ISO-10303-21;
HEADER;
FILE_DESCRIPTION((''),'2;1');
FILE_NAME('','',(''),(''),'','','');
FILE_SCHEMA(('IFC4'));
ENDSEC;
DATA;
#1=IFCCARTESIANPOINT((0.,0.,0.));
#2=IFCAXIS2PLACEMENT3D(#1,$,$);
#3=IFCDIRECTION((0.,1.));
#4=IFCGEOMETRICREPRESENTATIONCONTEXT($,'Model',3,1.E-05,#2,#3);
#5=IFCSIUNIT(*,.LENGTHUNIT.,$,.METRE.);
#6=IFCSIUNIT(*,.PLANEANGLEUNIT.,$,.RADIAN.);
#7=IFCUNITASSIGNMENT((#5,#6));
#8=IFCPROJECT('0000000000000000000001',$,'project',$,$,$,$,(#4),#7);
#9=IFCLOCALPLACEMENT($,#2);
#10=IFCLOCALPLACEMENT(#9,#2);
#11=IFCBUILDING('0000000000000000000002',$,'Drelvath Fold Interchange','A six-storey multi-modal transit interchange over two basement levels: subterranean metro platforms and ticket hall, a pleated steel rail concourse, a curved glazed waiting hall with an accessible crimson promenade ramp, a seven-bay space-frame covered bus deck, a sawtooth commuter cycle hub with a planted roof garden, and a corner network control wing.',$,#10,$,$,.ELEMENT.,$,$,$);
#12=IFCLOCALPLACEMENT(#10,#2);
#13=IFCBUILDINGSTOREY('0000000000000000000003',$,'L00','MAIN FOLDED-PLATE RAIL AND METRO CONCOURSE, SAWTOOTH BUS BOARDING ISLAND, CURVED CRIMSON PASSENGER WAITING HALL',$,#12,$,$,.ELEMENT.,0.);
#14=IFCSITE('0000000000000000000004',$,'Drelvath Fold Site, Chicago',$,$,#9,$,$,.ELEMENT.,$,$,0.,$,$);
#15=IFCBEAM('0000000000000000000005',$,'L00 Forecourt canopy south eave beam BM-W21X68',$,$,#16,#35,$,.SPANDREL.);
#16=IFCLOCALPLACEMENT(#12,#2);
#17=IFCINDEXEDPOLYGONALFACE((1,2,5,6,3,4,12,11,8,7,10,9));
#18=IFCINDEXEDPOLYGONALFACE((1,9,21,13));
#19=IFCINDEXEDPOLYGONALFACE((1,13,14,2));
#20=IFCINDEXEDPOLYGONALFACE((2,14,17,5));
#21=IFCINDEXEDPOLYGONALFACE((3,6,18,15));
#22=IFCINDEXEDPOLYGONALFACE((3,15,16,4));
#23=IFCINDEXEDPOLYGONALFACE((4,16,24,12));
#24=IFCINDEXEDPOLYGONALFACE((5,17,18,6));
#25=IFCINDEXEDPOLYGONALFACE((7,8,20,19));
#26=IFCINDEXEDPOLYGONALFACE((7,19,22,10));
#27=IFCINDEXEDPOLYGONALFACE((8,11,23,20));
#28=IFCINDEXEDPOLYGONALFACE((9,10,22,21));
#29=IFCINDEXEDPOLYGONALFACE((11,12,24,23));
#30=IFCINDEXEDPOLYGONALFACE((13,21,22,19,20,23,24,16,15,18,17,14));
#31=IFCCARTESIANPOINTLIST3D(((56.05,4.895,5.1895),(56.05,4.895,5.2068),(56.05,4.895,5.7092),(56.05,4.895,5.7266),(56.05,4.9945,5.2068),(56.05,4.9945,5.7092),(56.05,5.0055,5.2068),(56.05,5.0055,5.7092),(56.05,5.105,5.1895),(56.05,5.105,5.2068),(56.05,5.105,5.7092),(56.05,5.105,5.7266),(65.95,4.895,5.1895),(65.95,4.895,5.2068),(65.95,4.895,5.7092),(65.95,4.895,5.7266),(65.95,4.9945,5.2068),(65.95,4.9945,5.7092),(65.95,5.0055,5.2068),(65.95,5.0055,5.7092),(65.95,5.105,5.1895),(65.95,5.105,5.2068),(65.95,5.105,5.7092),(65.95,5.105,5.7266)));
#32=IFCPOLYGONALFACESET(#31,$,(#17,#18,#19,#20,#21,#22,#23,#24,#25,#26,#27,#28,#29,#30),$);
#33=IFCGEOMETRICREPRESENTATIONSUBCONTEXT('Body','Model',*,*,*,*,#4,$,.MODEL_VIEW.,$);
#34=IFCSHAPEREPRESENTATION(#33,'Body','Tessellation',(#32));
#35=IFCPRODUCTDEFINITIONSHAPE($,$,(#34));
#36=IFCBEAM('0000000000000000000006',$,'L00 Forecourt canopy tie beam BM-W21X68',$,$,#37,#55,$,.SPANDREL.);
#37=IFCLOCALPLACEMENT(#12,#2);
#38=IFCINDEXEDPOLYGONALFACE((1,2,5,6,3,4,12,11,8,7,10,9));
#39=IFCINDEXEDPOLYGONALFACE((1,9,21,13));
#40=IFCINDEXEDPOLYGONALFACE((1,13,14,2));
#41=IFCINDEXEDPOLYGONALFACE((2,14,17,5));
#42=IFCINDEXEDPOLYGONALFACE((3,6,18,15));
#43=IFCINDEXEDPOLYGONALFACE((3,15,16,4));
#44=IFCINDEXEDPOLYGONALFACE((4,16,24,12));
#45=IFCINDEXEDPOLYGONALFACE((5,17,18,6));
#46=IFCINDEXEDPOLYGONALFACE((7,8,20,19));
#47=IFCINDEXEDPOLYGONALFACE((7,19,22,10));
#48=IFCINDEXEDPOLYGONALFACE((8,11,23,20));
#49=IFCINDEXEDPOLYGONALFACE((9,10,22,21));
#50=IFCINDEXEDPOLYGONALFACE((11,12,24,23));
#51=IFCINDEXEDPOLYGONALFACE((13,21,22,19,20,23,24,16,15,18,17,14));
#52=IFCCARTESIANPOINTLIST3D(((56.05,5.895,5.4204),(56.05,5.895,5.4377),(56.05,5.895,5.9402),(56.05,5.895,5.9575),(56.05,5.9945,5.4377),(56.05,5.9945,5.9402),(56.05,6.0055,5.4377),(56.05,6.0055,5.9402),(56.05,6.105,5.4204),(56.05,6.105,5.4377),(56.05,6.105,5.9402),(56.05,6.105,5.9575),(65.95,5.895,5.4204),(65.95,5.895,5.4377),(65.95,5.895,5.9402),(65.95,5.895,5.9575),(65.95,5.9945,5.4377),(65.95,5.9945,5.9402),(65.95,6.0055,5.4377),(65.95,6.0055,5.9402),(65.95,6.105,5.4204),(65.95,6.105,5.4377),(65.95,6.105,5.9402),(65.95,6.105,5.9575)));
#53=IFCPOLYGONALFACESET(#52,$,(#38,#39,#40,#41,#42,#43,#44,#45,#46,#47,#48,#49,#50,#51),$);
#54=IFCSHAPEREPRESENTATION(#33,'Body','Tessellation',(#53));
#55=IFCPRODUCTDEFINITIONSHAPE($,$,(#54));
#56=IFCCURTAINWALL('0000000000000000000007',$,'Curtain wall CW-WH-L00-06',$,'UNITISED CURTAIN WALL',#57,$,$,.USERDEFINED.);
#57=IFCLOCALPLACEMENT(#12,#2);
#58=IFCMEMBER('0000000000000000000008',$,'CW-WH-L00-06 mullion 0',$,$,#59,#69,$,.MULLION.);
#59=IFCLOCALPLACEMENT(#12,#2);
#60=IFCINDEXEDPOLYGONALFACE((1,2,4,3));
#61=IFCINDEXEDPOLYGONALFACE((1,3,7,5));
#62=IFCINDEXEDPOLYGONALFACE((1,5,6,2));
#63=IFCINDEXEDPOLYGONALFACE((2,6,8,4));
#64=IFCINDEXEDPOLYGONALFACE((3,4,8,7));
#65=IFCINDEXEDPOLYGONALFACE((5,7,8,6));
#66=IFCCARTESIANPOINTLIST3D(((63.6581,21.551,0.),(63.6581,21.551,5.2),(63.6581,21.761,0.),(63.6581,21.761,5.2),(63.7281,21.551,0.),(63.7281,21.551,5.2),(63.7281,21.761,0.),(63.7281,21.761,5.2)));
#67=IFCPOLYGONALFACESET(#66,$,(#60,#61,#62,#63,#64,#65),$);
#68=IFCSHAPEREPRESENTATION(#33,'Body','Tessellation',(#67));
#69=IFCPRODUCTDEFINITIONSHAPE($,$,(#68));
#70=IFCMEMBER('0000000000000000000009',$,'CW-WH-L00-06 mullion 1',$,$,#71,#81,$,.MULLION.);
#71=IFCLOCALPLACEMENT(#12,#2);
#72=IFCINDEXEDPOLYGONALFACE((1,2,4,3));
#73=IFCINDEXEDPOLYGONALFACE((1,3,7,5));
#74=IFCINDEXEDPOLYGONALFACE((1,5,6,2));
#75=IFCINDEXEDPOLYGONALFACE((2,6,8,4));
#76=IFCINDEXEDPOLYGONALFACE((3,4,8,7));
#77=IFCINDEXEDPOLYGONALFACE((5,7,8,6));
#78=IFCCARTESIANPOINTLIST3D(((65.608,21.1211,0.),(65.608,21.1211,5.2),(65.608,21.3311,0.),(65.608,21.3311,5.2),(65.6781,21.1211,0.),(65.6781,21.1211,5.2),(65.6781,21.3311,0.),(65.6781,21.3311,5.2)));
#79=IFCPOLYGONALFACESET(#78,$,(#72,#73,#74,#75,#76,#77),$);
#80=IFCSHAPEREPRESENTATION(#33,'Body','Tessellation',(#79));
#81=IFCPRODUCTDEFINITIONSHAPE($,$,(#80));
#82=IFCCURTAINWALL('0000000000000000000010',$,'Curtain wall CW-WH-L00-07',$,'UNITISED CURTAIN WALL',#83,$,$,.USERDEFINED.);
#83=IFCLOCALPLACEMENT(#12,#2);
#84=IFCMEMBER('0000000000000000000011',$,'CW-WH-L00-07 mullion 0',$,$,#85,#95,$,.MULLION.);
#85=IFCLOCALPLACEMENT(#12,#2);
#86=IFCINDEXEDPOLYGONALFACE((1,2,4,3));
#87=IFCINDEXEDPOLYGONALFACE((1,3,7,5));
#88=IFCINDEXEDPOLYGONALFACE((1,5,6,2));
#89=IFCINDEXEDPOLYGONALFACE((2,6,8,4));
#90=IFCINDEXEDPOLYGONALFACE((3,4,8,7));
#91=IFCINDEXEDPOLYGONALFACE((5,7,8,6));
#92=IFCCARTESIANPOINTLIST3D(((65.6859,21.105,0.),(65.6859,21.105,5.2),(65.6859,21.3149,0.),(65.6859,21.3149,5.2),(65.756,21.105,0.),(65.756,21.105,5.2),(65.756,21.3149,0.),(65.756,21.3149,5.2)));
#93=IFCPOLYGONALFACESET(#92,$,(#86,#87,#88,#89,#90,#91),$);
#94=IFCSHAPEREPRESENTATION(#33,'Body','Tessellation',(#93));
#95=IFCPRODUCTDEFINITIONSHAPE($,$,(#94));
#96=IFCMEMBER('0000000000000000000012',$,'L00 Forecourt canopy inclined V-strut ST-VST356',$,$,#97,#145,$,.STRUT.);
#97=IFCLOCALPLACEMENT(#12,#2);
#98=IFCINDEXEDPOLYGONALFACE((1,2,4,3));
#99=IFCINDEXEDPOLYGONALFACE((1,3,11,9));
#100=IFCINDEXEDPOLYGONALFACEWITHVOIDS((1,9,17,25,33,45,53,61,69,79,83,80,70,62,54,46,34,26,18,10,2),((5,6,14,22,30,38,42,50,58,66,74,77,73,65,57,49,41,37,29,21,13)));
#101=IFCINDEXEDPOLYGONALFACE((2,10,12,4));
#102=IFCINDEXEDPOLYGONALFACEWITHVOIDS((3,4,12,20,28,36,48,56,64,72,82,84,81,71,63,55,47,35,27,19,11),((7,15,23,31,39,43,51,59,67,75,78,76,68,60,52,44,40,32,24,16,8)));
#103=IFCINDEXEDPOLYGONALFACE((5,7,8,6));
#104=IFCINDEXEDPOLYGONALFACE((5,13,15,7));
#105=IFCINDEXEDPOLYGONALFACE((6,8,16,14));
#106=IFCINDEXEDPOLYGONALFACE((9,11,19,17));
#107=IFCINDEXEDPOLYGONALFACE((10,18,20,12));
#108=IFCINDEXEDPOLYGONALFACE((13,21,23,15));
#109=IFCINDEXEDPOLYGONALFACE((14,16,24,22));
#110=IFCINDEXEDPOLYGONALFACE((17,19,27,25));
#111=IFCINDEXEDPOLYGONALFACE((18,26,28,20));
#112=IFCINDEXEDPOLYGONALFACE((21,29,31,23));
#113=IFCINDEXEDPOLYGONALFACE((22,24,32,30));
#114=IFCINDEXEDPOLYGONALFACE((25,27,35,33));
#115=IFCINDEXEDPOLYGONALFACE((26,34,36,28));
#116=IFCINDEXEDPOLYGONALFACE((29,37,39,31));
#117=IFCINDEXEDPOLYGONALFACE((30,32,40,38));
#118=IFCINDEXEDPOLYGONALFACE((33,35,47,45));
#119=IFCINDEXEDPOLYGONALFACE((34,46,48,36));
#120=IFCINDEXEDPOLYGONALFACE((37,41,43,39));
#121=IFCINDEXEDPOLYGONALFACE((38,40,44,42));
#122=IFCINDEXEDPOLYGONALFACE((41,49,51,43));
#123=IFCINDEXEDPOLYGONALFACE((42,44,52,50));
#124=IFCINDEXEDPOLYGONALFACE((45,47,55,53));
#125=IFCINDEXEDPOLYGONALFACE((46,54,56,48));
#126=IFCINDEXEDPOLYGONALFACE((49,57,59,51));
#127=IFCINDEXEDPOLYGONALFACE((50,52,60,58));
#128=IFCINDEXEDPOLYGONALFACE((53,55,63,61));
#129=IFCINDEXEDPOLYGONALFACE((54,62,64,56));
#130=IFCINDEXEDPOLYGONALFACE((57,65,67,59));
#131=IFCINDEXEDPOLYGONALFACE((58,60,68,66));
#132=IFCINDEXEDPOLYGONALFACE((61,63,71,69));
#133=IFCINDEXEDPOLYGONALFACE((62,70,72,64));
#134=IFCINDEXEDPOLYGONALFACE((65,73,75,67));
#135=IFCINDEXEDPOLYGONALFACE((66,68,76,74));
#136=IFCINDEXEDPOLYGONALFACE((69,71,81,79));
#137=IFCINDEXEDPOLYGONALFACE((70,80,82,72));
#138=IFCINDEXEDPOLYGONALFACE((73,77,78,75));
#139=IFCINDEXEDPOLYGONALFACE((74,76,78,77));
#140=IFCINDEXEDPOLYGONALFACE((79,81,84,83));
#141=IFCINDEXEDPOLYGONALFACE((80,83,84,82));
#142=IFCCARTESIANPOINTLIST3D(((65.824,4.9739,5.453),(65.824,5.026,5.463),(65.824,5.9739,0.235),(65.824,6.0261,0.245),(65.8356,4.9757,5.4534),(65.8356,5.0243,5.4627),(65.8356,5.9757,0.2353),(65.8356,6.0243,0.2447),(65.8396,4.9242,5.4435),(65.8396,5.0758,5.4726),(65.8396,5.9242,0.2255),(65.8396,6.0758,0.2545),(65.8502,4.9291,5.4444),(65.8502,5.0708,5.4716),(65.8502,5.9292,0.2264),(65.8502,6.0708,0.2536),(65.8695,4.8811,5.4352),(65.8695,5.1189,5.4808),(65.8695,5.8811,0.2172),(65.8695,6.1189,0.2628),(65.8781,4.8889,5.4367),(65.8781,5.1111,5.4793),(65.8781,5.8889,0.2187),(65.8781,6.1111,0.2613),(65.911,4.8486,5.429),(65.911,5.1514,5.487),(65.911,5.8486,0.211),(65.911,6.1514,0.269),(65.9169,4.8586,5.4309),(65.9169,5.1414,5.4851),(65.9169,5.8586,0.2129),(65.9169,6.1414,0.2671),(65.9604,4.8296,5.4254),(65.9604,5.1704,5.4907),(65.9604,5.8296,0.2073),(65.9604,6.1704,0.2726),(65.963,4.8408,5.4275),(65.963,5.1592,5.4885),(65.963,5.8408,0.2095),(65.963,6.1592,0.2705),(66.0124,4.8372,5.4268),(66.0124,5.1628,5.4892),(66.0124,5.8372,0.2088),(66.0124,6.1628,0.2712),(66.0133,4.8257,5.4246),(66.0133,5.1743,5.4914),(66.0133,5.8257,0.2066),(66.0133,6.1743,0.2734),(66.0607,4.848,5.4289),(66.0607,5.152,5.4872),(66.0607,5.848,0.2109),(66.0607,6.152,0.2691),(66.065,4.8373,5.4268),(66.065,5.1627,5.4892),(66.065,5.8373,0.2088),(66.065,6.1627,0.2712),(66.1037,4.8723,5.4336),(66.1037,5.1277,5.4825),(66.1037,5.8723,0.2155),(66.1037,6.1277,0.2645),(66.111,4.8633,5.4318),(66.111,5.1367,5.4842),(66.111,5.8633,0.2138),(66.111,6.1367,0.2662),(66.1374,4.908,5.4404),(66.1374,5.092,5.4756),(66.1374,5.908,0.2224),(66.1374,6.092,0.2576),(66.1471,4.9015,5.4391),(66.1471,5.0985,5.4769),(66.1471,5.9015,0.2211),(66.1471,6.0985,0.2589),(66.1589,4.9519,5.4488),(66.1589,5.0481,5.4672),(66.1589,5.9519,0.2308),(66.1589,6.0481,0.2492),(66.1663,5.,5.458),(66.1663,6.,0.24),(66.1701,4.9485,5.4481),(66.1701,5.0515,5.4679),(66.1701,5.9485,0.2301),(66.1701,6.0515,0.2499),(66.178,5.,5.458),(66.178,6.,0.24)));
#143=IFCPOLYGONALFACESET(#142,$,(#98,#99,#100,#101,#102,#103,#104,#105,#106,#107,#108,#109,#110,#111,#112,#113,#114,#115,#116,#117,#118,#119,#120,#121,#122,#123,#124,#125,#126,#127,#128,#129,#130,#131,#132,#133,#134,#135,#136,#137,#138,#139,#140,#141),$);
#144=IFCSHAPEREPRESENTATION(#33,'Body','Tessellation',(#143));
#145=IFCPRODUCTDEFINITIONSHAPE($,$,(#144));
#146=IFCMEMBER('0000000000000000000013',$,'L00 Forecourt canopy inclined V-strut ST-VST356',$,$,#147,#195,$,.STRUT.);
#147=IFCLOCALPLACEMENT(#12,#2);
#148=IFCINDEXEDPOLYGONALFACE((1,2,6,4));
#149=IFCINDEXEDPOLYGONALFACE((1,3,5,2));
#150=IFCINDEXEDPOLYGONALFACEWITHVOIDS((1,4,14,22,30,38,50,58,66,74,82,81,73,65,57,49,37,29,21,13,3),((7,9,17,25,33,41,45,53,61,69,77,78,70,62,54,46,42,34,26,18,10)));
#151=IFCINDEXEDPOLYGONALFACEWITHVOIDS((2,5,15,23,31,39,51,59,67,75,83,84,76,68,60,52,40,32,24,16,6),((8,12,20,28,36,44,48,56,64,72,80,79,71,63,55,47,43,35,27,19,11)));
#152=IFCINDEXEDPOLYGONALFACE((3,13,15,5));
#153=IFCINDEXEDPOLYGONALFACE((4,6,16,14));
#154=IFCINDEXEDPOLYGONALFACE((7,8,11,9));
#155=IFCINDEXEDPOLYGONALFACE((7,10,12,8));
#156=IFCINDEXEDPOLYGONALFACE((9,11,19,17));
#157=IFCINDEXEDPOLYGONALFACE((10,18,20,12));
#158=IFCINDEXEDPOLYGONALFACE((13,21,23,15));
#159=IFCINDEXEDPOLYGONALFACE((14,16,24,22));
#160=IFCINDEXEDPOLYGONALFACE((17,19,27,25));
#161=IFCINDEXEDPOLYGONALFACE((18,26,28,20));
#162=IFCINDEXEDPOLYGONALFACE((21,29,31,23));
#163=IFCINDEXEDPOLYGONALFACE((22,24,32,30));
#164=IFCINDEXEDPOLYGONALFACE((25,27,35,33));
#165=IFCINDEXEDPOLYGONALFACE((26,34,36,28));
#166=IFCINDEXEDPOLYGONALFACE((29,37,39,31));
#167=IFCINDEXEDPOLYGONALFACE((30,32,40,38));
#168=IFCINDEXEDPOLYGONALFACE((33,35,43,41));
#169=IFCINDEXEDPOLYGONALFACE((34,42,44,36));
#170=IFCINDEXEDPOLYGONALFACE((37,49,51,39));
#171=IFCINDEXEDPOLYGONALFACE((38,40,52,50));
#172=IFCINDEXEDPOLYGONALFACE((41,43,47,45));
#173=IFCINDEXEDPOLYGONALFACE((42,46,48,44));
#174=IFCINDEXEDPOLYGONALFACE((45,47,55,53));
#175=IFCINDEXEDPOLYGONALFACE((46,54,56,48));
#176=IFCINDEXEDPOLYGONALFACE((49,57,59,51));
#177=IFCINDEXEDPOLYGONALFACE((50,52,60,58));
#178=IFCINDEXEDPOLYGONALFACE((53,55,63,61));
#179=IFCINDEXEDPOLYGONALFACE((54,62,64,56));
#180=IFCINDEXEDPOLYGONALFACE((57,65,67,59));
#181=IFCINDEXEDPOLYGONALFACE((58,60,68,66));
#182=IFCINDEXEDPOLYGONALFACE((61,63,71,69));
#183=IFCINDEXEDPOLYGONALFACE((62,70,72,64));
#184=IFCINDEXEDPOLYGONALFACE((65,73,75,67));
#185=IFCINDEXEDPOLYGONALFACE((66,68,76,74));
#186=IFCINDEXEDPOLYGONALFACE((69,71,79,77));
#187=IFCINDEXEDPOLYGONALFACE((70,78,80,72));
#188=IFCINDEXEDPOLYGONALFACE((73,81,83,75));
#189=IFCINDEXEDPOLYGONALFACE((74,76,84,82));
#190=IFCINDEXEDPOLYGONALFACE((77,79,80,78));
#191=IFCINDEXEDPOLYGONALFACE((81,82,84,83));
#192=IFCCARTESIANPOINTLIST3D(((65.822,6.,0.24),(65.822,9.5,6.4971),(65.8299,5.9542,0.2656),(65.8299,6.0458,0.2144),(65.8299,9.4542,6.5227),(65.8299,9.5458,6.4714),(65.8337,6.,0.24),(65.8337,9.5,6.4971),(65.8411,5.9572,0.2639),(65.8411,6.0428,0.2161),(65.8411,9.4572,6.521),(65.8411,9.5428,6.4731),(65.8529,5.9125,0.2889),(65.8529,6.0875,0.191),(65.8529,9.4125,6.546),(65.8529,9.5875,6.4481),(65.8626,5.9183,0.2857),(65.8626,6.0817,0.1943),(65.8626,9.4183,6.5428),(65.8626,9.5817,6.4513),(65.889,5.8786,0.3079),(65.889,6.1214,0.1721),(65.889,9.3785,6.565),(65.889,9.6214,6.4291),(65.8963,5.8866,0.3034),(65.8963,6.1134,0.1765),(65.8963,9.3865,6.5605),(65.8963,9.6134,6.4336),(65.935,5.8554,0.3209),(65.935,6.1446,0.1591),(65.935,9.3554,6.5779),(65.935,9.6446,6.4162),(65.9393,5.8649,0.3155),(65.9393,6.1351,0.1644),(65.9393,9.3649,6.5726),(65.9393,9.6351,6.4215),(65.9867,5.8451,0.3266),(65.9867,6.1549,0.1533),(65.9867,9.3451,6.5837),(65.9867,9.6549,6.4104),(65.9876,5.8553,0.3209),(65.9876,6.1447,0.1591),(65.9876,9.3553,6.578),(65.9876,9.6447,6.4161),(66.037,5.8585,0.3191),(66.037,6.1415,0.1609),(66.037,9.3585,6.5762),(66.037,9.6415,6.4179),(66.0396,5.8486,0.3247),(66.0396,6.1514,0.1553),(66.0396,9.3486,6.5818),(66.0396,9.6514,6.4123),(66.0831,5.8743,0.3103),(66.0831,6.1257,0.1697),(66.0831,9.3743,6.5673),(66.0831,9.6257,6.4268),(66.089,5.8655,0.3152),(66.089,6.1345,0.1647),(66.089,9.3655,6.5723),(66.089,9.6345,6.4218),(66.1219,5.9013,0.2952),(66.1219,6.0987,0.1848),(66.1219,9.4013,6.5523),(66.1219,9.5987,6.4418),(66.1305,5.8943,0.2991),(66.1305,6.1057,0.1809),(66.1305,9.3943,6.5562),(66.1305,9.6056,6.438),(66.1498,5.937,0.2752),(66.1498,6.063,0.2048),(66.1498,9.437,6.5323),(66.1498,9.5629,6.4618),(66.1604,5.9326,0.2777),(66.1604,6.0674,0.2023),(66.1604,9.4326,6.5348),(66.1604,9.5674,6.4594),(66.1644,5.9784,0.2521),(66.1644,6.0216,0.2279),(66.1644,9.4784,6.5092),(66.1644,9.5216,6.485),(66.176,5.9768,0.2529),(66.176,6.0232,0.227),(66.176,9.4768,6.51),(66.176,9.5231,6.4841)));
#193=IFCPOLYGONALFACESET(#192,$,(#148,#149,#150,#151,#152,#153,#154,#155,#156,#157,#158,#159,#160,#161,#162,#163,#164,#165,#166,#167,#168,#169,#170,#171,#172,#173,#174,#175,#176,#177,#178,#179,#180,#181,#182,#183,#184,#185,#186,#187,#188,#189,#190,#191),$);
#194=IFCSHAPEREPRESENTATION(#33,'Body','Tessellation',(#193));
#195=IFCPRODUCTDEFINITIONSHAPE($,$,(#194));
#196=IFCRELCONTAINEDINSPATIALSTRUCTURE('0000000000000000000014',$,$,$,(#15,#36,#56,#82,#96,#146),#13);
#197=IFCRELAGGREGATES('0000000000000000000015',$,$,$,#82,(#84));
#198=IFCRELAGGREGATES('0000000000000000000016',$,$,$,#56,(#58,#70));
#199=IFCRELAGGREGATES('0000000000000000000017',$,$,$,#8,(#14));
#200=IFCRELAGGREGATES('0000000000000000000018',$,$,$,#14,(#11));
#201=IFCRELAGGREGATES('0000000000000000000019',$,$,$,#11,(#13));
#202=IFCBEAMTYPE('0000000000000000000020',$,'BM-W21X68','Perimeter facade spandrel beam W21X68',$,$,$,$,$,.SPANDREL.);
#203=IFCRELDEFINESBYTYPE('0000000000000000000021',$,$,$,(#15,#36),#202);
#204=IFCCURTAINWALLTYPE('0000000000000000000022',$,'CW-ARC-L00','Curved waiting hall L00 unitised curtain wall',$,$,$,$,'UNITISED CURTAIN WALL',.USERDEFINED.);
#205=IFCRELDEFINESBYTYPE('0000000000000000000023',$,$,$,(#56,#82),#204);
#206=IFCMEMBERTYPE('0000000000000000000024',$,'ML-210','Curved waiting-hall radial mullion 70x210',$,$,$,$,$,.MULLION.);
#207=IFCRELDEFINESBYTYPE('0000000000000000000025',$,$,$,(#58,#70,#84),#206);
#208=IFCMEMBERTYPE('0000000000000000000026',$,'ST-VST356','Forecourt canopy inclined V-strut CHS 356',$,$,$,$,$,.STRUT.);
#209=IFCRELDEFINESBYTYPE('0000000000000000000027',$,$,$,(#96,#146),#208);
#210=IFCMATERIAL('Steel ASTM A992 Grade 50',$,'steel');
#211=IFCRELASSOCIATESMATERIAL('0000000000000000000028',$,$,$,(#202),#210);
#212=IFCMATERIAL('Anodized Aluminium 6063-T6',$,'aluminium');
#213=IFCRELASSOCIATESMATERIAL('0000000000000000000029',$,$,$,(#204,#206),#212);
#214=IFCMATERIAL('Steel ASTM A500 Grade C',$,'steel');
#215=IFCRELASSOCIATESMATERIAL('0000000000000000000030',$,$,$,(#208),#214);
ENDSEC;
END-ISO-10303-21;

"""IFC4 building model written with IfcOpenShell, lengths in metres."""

from ifc_helpers import new_model, si_unit, direction, frame, origin, origin_2d, place, context, subcontext, project, spatial, rectangle, hollow_circle, i_section, extrude, material, material_profile, profile_set, type_object, element, aggregate, save


model = new_model("IFC4")

# Units and contexts
model_context = context("Model", 3, precision=1e-05, world=origin(), true_north=direction((0.0, 1.0)))
body_context = subcontext(model_context, "Body", "Model", "MODEL_VIEW")
ifc_project = project(units=[si_unit("LENGTHUNIT", "METRE"), si_unit("PLANEANGLEUNIT", "RADIAN")], contexts=[model_context])

# Site, building, storey
site_placement = place(None, origin())
site = spatial("IfcSite", under=ifc_project, at=site_placement, Name="Drelvath Fold Site, Chicago", CompositionType="ELEMENT", RefElevation=0.0)
building_placement = place(site_placement, origin())
building = spatial("IfcBuilding", under=site, at=building_placement, Name="Drelvath Fold Interchange", Description="A six-storey multi-modal transit interchange over two basement levels: subterranean metro platforms and ticket hall, a pleated steel rail concourse, a curved glazed waiting hall with an accessible crimson promenade ramp, a seven-bay space-frame covered bus deck, a sawtooth commuter cycle hub with a planted roof garden, and a corner network control wing.", CompositionType="ELEMENT")
storey_placement = place(building_placement, origin())
storey = spatial("IfcBuildingStorey", under=building, at=storey_placement, Name="L00", Description="MAIN FOLDED-PLATE RAIL AND METRO CONCOURSE, SAWTOOTH BUS BOARDING ISLAND, CURVED CRIMSON PASSENGER WAITING HALL", CompositionType="ELEMENT", Elevation=0.0)

# Shared definitions
ifc_material_1 = material(Name="Steel ASTM A500 Grade C", Category="steel")

# Beams
ifc_material_2 = material(Name="Steel ASTM A992 Grade 50", Category="steel")
ifc_material_profile_1 = material_profile(ifc_material_2, i_section(OverallWidth=0.21, OverallDepth=0.5371, WebThickness=0.011, FlangeThickness=0.0173, at=origin_2d()), Name="W21X68")
ifc_profile_set_1 = profile_set([ifc_material_profile_1], Name="Steel ASTM A992 Grade 50")
beam_type = type_object("IfcBeamType", Name="BM-W21X68", Description="Perimeter facade spandrel beam W21X68", PredefinedType="SPANDREL", material=ifc_profile_set_1)
for number, where, z_axis, x_axis, name in (
    (1, (56.05, 5.0, 5.458), (1.0, 0.0, 0.0), (0.0, 1.0, 0.0), "L00 Forecourt canopy south eave beam BM-W21X68"),
    (2, (56.05, 6.0, 5.689), (1.0, 0.0, 0.0), (0.0, 1.0, 0.0), "L00 Forecourt canopy tie beam BM-W21X68"),
):
    element("IfcBeam", number, at=place(storey_placement, frame(where, z_axis=z_axis, x_axis=x_axis)), inside=storey, type_object=beam_type, Name=name, PredefinedType="SPANDREL", context=body_context, shape_type="SweptSolid", body=[
        extrude(i_section(OverallWidth=0.21, OverallDepth=0.5371, WebThickness=0.011, FlangeThickness=0.0173, at=origin_2d()), origin(), (0.0, 0.0, 1.0), 9.8999),
    ])

# Curtain wall, members
ifc_material_3 = material(Name="Anodized Aluminium 6063-T6", Category="aluminium")
curtain_wall_type = type_object("IfcCurtainWallType", Name="CW-ARC-L00", Description="Curved waiting hall L00 unitised curtain wall", ElementType="UNITISED CURTAIN WALL", PredefinedType="USERDEFINED", material=ifc_material_3)
curtain_wall_1_placement = place(storey_placement, origin())
curtain_wall_1 = element("IfcCurtainWall", 3, at=curtain_wall_1_placement, inside=storey, type_object=curtain_wall_type, Name="Curtain wall CW-WH-L00-06", ObjectType="UNITISED CURTAIN WALL", PredefinedType="USERDEFINED")
ifc_material_profile_2 = material_profile(ifc_material_3, rectangle(XDim=0.0701, YDim=0.21, at=origin_2d()), Name="AL-M 70x210")
ifc_profile_set_2 = profile_set([ifc_material_profile_2], Name="Anodized Aluminium 6063-T6")
member_type_1 = type_object("IfcMemberType", Name="ML-210", Description="Curved waiting-hall radial mullion 70x210", PredefinedType="MULLION", material=ifc_profile_set_2)
member_1_placement = place(storey_placement, frame((63.6931, 21.656, 0.0), z_axis=(0.0, 0.0, 1.0), x_axis=(1.0, 0.0, 0.0)))
member_1 = element("IfcMember", 4, at=member_1_placement, type_object=member_type_1, Name="CW-WH-L00-06 mullion 0", PredefinedType="MULLION", context=body_context, shape_type="SweptSolid", body=[
    extrude(rectangle(XDim=0.0701, YDim=0.21, at=origin_2d()), origin(), (0.0, 0.0, 1.0), 5.2),
])
member_2_placement = place(storey_placement, frame((65.6431, 21.2261, 0.0), z_axis=(0.0, 0.0, 1.0), x_axis=(1.0, 0.0, 0.0)))
member_2 = element("IfcMember", 5, at=member_2_placement, type_object=member_type_1, Name="CW-WH-L00-06 mullion 1", PredefinedType="MULLION", context=body_context, shape_type="SweptSolid", body=[
    extrude(rectangle(XDim=0.0701, YDim=0.21, at=origin_2d()), origin(), (0.0, 0.0, 1.0), 5.2),
])

# Curtain wall, member
curtain_wall_2_placement = place(storey_placement, origin())
curtain_wall_2 = element("IfcCurtainWall", 6, at=curtain_wall_2_placement, inside=storey, type_object=curtain_wall_type, Name="Curtain wall CW-WH-L00-07", ObjectType="UNITISED CURTAIN WALL", PredefinedType="USERDEFINED")
member_3_placement = place(storey_placement, frame((65.7209, 21.21, 0.0), z_axis=(0.0, 0.0, 1.0), x_axis=(1.0, 0.0, 0.0)))
member_3 = element("IfcMember", 7, at=member_3_placement, type_object=member_type_1, Name="CW-WH-L00-07 mullion 0", PredefinedType="MULLION", context=body_context, shape_type="SweptSolid", body=[
    extrude(rectangle(XDim=0.0701, YDim=0.21, at=origin_2d()), origin(), (0.0, 0.0, 1.0), 5.2),
])

# Members
ifc_material_profile_3 = material_profile(ifc_material_1, hollow_circle(Radius=0.178, WallThickness=0.0117, at=origin_2d()), Name="HSS14.000X0.500")
ifc_profile_set_3 = profile_set([ifc_material_profile_3], Name="Steel ASTM A500 Grade C")
member_type_2 = type_object("IfcMemberType", Name="ST-VST356", Description="Forecourt canopy inclined V-strut CHS 356", PredefinedType="STRUT", material=ifc_profile_set_3)
member_4_placement = place(storey_placement, frame((66.0, 6.0, 0.24), z_axis=(0.0, -0.188218, 0.982127), x_axis=(1.0, 0.0, 0.0)))
element("IfcMember", 8, at=member_4_placement, inside=storey, type_object=member_type_2, Name="L00 Forecourt canopy inclined V-strut ST-VST356", PredefinedType="STRUT", context=body_context, shape_type="SweptSolid", body=[
    extrude(hollow_circle(Radius=0.178, WallThickness=0.0117, at=origin_2d()), origin(), (0.0, 0.0, 1.0), 5.313),
])
member_5_placement = place(storey_placement, frame((66.0, 6.0, 0.24), z_axis=(0.0, 0.488182, 0.872742), x_axis=(-1.0, 0.0, 0.0)))
element("IfcMember", 9, at=member_5_placement, inside=storey, type_object=member_type_2, Name="L00 Forecourt canopy inclined V-strut ST-VST356", PredefinedType="STRUT", context=body_context, shape_type="SweptSolid", body=[
    extrude(hollow_circle(Radius=0.178, WallThickness=0.0117, at=origin_2d()), origin(), (0.0, 0.0, 1.0), 7.1694),
])

aggregate(curtain_wall_2, [member_3])

aggregate(curtain_wall_1, [member_1, member_2])

save(model, "model.ifc")
